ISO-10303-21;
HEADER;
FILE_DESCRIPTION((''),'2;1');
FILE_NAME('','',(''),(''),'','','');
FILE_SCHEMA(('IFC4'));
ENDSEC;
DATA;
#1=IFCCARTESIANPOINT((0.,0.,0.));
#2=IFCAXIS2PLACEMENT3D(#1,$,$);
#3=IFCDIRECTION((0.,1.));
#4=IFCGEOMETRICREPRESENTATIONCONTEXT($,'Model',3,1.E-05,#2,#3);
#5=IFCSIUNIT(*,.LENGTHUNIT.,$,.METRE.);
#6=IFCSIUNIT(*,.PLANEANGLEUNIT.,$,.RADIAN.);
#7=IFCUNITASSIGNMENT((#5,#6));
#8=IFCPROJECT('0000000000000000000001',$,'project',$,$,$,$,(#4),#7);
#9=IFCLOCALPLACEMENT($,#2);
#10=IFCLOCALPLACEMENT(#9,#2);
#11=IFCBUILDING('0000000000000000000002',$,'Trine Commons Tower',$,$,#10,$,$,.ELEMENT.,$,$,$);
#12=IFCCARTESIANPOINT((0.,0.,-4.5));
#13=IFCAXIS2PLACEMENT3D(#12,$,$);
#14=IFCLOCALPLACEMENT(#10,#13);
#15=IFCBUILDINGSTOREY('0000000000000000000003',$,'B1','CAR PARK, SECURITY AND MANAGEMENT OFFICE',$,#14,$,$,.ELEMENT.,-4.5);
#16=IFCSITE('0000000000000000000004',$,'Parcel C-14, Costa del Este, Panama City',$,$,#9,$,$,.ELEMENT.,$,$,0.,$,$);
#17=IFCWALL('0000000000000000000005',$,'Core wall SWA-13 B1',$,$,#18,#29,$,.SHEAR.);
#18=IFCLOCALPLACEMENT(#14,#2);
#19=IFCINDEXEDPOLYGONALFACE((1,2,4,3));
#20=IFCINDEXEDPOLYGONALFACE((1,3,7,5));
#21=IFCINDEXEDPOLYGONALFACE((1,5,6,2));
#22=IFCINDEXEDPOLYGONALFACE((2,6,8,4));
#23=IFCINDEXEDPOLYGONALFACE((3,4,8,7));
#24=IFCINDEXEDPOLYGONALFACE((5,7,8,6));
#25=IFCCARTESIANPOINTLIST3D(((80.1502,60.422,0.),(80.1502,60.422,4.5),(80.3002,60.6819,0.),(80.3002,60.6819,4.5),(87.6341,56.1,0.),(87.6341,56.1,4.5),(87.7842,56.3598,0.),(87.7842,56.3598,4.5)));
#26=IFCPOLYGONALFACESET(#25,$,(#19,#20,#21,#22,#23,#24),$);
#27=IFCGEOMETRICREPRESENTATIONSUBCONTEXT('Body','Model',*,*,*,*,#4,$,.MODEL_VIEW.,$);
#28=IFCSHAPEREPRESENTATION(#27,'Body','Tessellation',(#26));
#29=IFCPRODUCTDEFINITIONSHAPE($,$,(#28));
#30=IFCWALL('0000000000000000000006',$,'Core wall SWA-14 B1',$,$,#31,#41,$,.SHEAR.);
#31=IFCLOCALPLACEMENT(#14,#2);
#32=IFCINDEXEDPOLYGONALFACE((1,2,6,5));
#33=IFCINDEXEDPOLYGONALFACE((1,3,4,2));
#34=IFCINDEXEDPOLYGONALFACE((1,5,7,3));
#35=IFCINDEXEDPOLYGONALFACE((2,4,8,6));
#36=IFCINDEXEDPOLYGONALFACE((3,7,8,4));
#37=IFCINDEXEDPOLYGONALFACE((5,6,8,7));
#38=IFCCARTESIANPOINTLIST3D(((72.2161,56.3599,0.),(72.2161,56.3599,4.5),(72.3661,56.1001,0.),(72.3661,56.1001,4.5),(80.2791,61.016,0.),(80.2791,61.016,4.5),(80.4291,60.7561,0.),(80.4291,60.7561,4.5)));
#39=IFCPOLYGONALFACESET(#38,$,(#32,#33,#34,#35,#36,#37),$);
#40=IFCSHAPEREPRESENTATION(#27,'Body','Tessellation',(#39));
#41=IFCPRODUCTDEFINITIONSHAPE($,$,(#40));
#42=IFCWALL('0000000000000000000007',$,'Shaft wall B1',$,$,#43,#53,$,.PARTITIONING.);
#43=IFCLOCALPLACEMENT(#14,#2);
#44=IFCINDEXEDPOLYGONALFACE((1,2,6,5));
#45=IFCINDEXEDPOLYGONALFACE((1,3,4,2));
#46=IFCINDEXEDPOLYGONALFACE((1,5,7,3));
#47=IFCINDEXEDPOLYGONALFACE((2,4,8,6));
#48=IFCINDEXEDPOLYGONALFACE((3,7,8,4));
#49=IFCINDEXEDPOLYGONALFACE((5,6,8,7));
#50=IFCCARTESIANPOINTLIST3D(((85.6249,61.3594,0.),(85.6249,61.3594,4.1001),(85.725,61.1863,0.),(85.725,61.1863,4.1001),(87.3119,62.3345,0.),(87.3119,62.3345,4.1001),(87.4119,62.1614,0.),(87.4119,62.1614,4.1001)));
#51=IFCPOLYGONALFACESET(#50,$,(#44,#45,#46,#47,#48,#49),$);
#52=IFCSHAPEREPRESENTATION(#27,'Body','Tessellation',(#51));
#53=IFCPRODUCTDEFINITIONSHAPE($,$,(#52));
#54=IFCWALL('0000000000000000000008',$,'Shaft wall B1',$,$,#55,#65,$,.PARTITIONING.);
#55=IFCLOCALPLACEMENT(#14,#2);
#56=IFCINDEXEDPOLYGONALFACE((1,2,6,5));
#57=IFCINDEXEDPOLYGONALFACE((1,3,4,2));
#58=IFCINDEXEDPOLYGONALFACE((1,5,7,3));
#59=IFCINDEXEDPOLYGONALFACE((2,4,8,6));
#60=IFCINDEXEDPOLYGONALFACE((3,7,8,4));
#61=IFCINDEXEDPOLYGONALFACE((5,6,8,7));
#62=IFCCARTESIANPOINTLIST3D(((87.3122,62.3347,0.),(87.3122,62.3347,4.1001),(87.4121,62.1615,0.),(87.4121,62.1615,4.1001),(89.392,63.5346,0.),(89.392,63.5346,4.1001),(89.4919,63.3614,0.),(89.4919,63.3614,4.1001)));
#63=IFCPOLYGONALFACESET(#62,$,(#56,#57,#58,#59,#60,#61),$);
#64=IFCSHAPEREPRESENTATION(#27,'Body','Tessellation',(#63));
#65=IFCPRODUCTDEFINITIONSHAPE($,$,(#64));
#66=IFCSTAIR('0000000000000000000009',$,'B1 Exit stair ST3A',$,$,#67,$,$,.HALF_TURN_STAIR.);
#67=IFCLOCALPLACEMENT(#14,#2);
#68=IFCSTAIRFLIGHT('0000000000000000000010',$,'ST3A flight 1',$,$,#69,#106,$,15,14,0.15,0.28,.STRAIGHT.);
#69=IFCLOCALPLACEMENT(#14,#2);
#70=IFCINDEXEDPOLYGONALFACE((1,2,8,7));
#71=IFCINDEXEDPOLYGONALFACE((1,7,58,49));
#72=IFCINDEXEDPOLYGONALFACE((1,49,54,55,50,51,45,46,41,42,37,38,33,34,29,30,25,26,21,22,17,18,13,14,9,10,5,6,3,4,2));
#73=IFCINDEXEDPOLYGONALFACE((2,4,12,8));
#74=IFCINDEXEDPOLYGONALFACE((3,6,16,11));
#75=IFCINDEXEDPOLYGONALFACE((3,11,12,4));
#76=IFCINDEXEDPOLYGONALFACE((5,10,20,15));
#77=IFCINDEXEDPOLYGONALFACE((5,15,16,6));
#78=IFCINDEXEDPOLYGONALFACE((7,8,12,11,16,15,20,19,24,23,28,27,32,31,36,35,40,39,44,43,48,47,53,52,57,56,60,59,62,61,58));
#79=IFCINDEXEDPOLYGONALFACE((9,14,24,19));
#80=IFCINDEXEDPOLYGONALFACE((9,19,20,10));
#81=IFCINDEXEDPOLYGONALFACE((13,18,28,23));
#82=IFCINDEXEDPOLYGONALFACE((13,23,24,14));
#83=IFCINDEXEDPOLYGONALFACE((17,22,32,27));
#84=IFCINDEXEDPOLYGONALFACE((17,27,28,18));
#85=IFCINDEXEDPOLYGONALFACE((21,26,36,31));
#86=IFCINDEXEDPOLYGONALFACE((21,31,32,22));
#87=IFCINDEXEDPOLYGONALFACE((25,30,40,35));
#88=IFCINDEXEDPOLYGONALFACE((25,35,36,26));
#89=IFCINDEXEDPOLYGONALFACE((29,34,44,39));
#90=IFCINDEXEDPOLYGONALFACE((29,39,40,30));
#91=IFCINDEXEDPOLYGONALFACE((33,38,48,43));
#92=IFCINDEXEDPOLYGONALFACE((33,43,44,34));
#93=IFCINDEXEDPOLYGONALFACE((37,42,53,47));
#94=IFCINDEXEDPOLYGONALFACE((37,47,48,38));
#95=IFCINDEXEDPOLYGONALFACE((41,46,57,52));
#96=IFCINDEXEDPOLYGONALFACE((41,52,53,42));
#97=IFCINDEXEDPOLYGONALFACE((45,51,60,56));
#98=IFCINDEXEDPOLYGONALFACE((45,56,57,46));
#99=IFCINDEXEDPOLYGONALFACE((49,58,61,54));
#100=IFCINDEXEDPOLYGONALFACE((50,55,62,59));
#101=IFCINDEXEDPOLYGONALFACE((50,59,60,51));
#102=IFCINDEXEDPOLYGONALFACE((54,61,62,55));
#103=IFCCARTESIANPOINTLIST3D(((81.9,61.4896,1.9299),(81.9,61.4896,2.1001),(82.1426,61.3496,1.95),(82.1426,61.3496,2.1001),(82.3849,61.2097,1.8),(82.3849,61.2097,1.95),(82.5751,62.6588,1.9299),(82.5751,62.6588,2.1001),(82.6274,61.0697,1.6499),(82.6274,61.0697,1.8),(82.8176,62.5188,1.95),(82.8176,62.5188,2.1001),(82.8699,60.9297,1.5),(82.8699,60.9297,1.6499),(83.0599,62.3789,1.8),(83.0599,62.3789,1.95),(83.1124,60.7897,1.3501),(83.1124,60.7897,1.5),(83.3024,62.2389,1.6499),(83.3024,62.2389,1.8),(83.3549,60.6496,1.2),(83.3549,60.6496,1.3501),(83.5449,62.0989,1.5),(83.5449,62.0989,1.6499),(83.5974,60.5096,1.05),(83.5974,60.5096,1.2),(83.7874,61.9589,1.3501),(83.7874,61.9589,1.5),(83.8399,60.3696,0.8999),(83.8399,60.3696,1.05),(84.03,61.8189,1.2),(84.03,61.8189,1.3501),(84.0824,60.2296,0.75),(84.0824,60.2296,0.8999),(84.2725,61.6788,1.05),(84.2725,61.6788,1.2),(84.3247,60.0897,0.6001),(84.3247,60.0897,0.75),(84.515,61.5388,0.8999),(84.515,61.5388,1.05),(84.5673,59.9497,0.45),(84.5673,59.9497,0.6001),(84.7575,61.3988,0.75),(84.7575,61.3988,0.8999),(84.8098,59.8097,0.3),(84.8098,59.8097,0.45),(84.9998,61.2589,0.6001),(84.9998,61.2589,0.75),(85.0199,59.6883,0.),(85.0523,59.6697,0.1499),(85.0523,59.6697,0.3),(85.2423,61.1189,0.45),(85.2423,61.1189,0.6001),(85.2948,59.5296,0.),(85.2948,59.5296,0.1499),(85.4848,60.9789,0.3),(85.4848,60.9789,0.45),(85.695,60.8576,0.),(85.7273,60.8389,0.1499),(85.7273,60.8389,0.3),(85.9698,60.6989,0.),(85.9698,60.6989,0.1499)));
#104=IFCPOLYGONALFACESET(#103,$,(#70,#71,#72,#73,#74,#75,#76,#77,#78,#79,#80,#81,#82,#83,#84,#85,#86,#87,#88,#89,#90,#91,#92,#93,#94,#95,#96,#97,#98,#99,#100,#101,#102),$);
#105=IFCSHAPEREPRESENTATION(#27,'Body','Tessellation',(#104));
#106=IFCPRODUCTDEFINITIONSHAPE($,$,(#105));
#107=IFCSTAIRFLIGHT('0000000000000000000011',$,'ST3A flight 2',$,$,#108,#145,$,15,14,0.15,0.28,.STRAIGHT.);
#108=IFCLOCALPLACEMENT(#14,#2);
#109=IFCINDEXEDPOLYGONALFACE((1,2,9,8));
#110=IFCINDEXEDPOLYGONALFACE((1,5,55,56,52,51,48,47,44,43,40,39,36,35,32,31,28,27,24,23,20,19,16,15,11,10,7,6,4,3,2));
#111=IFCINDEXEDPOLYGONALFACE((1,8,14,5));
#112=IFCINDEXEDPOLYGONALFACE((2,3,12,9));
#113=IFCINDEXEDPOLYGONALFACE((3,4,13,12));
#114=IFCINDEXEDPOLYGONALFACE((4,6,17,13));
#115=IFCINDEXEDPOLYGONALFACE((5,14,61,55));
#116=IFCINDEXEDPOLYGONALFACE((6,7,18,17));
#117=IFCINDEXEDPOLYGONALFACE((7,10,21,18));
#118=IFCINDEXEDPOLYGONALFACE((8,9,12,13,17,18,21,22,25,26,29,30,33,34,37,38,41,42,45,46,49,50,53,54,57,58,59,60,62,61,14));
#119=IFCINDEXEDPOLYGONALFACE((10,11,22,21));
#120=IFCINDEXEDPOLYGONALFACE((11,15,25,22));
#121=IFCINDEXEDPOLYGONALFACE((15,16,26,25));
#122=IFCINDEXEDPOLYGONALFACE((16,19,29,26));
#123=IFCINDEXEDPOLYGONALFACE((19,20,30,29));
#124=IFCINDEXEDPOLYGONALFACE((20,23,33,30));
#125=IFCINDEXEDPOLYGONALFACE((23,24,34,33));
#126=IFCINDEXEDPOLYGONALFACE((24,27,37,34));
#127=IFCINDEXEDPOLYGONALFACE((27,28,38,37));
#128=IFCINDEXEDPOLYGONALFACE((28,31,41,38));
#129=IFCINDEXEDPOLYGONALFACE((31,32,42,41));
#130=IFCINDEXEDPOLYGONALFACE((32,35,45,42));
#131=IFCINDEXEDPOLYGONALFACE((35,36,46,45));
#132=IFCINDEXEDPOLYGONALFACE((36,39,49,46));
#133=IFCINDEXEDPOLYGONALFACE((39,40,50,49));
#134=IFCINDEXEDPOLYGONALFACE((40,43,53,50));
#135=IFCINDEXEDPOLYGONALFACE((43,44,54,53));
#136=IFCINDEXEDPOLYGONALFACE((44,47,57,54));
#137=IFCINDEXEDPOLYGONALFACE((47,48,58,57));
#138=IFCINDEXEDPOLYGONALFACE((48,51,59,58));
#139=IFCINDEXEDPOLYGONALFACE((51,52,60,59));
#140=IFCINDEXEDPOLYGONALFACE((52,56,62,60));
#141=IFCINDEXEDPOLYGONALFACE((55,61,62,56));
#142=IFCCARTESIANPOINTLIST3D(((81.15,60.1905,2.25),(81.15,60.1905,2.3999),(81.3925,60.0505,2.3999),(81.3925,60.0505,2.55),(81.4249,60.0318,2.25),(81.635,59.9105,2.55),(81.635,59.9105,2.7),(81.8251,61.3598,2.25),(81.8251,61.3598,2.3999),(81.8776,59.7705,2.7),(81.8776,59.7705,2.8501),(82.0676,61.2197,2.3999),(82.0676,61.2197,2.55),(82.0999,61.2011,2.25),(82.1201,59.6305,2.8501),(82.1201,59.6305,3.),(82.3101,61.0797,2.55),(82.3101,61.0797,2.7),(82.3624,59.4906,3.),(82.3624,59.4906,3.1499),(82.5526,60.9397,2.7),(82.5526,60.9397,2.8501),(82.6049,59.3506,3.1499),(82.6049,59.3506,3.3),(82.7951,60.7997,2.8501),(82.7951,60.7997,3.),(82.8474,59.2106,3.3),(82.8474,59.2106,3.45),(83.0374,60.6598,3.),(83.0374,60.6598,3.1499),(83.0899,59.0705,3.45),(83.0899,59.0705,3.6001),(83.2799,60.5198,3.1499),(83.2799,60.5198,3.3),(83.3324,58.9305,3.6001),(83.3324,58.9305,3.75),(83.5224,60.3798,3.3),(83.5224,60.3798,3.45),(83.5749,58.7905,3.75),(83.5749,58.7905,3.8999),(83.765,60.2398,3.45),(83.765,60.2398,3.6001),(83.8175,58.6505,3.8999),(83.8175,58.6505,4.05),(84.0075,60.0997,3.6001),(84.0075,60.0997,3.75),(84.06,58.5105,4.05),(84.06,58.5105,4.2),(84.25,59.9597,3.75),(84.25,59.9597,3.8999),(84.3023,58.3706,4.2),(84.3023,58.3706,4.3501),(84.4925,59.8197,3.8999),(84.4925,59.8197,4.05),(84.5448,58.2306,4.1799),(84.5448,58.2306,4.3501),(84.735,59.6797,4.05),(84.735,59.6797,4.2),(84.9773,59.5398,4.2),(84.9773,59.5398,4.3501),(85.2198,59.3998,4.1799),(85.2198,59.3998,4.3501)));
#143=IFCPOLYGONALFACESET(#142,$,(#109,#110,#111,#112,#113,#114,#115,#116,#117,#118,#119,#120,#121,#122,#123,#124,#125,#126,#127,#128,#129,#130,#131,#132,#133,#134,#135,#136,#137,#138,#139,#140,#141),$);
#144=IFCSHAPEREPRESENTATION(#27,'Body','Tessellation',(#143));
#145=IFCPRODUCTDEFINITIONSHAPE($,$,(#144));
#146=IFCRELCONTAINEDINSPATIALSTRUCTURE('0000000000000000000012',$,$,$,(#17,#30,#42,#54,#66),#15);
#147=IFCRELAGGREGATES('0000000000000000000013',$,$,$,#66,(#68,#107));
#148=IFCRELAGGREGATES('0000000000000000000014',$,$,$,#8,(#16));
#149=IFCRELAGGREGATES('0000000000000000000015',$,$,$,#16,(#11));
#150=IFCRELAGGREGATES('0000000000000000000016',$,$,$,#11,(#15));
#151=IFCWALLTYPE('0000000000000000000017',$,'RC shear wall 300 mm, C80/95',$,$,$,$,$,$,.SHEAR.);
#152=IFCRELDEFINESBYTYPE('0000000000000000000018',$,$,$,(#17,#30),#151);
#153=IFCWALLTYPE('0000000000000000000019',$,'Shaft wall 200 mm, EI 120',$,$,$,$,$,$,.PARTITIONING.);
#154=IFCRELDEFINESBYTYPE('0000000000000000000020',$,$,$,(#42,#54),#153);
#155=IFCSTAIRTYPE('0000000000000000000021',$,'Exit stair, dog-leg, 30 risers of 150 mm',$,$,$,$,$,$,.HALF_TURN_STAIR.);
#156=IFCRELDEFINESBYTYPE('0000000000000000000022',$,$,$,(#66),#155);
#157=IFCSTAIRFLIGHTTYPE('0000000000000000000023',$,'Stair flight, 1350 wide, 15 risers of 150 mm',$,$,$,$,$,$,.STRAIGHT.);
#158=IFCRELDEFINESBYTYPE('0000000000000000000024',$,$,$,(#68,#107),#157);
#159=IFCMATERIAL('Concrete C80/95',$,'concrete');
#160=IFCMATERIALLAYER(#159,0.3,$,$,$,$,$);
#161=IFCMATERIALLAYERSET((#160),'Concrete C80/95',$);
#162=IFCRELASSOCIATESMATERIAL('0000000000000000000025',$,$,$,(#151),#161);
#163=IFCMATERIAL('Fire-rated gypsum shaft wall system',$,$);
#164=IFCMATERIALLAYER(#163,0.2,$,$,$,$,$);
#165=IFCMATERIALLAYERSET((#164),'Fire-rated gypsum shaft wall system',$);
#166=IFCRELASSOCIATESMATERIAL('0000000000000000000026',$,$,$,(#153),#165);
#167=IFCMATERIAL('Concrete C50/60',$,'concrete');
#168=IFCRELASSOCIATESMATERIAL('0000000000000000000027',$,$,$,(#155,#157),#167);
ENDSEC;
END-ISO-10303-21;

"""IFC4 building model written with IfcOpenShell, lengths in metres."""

from ifc_helpers import new_model, si_unit, direction, frame, frame_2d, origin, place, context, subcontext, project, spatial, polyline, rectangle, outline, extrude, material, layer, layer_set, type_object, element, aggregate, save


model = new_model("IFC4")

# Units and contexts
model_context = context("Model", 3, precision=1e-05, world=origin(), true_north=direction((0.0, 1.0)))
body_context = subcontext(model_context, "Body", "Model", "MODEL_VIEW")
ifc_project = project(units=[si_unit("LENGTHUNIT", "METRE"), si_unit("PLANEANGLEUNIT", "RADIAN")], contexts=[model_context])

# Site, building, storey
site_placement = place(None, origin())
site = spatial("IfcSite", under=ifc_project, at=site_placement, Name="Parcel C-14, Costa del Este, Panama City", CompositionType="ELEMENT", RefElevation=0.0)
building_placement = place(site_placement, origin())
building = spatial("IfcBuilding", under=site, at=building_placement, Name="Trine Commons Tower", CompositionType="ELEMENT")
storey_placement = place(building_placement, frame((0.0, 0.0, -4.5)))
storey = spatial("IfcBuildingStorey", under=building, at=storey_placement, Name="B1", Description="CAR PARK, SECURITY AND MANAGEMENT OFFICE", CompositionType="ELEMENT", Elevation=-4.5)

# Shared definitions
ifc_material_1 = material(Name="Concrete C80/95", Category="concrete")

# Shared definitions
ifc_layer_1 = layer(ifc_material_1, 0.3)
ifc_layer_set_1 = layer_set([ifc_layer_1], Name="Concrete C80/95")
wall_type_1 = type_object("IfcWallType", Name="RC shear wall 300 mm, C80/95", PredefinedType="SHEAR", material=ifc_layer_set_1)

# Walls
wall_1_placement = place(storey_placement, frame((80.2251, 60.552, 0.0), z_axis=(0.0, 0.0, 1.0), x_axis=(0.865965, -0.500104, 0.0)))
element("IfcWall", 1, at=wall_1_placement, inside=storey, type_object=wall_type_1, Name="Core wall SWA-13 B1", PredefinedType="SHEAR", context=body_context, shape_type="SweptSolid", body=[
    extrude(rectangle(XDim=8.6423, YDim=0.3, at=frame_2d((4.3213, 0.0))), origin(), (0.0, 0.0, 1.0), 4.5),
])
wall_2_placement = place(storey_placement, frame((80.354, 60.886, 0.0), z_axis=(0.0, 0.0, 1.0), x_axis=(-0.865986, -0.500067, 0.0)))
element("IfcWall", 2, at=wall_2_placement, inside=storey, type_object=wall_type_1, Name="Core wall SWA-14 B1", PredefinedType="SHEAR", context=body_context, shape_type="SweptSolid", body=[
    extrude(rectangle(XDim=9.3108, YDim=0.3, at=frame_2d((4.6553, 0.0))), origin(), (0.0, 0.0, 1.0), 4.5),
])
ifc_material_2 = material(Name="Fire-rated gypsum shaft wall system")
ifc_layer_2 = layer(ifc_material_2, 0.2)
ifc_layer_set_2 = layer_set([ifc_layer_2], Name="Fire-rated gypsum shaft wall system")
wall_type_2 = type_object("IfcWallType", Name="Shaft wall 200 mm, EI 120", PredefinedType="PARTITIONING", material=ifc_layer_set_2)
wall_3_placement = place(storey_placement, frame((85.675, 61.2729, 0.0), z_axis=(0.0, 0.0, 1.0), x_axis=(0.865781, 0.500424, 0.0)))
element("IfcWall", 3, at=wall_3_placement, inside=storey, type_object=wall_type_2, Name="Shaft wall B1", PredefinedType="PARTITIONING", context=body_context, shape_type="SweptSolid", body=[
    extrude(rectangle(XDim=1.9485, YDim=0.2, at=frame_2d((0.9741, 0.0))), origin(), (0.0, 0.0, 1.0), 4.1001),
])
wall_4_placement = place(storey_placement, frame((87.3621, 62.248, 0.0), z_axis=(0.0, 0.0, 1.0), x_axis=(0.866177, 0.499737, 0.0)))
element("IfcWall", 4, at=wall_4_placement, inside=storey, type_object=wall_type_2, Name="Shaft wall B1", PredefinedType="PARTITIONING", context=body_context, shape_type="SweptSolid", body=[
    extrude(rectangle(XDim=2.4011, YDim=0.2, at=frame_2d((1.2007, 0.0))), origin(), (0.0, 0.0, 1.0), 4.1001),
])

# Stair, stair flights
ifc_material_3 = material(Name="Concrete C50/60", Category="concrete")
stair_type = type_object("IfcStairType", Name="Exit stair, dog-leg, 30 risers of 150 mm", PredefinedType="HALF_TURN_STAIR", material=ifc_material_3)
stair_placement = place(storey_placement, origin())
stair = element("IfcStair", 5, at=stair_placement, inside=storey, type_object=stair_type, Name="B1 Exit stair ST3A", PredefinedType="HALF_TURN_STAIR")
stair_flight_type = type_object("IfcStairFlightType", Name="Stair flight, 1350 wide, 15 risers of 150 mm", PredefinedType="STRAIGHT", material=ifc_material_3)
stair_flight_1_placement = place(storey_placement, frame((85.6323, 60.1143, 0.0), z_axis=(0.0, 0.0, 1.0), x_axis=(-0.866025, 0.5, 0.0)))
stair_flight_1 = element("IfcStairFlight", 6, at=stair_flight_1_placement, type_object=stair_flight_type, Name="ST3A flight 1", NumberOfRisers=15, NumberOfTreads=14, PredefinedType="STRAIGHT", RiserHeight=0.15, TreadLength=0.28, context=body_context, shape_type="SweptSolid", body=[
    extrude(outline(polyline([(0.0, 0.0), (0.0, 0.1499), (0.28, 0.1499), (0.28, 0.3), (0.5601, 0.3), (0.5601, 0.45), (0.8401, 0.45), (0.8401, 0.6001), (1.1201, 0.6001), (1.1201, 0.75), (1.3999, 0.75), (1.3999, 0.8999), (1.6799, 0.8999), (1.6799, 1.05), (1.96, 1.05), (1.96, 1.2), (2.24, 1.2), (2.24, 1.3501), (2.52, 1.3501), (2.52, 1.5), (2.8, 1.5), (2.8, 1.6499), (3.0801, 1.6499), (3.0801, 1.8), (3.3601, 1.8), (3.3601, 1.95), (3.6399, 1.95), (3.6399, 2.1001), (3.9199, 2.1001), (3.9199, 2.25), (3.9199, 1.9299), (0.3174, 0.0), (0.0, 0.0)])), frame((0.0, 0.675, 0.0), z_axis=(0.0, -1.0, 0.0), x_axis=(1.0, 0.0, 0.0)), (0.0, 0.0, 1.0), 1.3501),
])
stair_flight_2_placement = place(storey_placement, frame((81.4875, 60.7751, 2.25), z_axis=(0.0, 0.0, 1.0), x_axis=(0.866025, -0.5, 0.0)))
stair_flight_2 = element("IfcStairFlight", 7, at=stair_flight_2_placement, type_object=stair_flight_type, Name="ST3A flight 2", NumberOfRisers=15, NumberOfTreads=14, PredefinedType="STRAIGHT", RiserHeight=0.15, TreadLength=0.28, context=body_context, shape_type="SweptSolid", body=[
    extrude(outline(polyline([(0.0, 0.0), (0.0, 0.1499), (0.28, 0.1499), (0.28, 0.3), (0.5601, 0.3), (0.5601, 0.45), (0.8401, 0.45), (0.8401, 0.6001), (1.1201, 0.6001), (1.1201, 0.75), (1.3999, 0.75), (1.3999, 0.8999), (1.6799, 0.8999), (1.6799, 1.05), (1.96, 1.05), (1.96, 1.2), (2.24, 1.2), (2.24, 1.3501), (2.52, 1.3501), (2.52, 1.5), (2.8, 1.5), (2.8, 1.6499), (3.0801, 1.6499), (3.0801, 1.8), (3.3601, 1.8), (3.3601, 1.95), (3.6399, 1.95), (3.6399, 2.1001), (3.9199, 2.1001), (3.9199, 2.25), (3.9199, 1.9299), (0.3174, 0.0), (0.0, 0.0)])), frame((0.0, 0.675, 0.0), z_axis=(0.0, -1.0, 0.0), x_axis=(1.0, 0.0, 0.0)), (0.0, 0.0, 1.0), 1.3501),
])
aggregate(stair, [stair_flight_1, stair_flight_2])

save(model, "model.ifc")
